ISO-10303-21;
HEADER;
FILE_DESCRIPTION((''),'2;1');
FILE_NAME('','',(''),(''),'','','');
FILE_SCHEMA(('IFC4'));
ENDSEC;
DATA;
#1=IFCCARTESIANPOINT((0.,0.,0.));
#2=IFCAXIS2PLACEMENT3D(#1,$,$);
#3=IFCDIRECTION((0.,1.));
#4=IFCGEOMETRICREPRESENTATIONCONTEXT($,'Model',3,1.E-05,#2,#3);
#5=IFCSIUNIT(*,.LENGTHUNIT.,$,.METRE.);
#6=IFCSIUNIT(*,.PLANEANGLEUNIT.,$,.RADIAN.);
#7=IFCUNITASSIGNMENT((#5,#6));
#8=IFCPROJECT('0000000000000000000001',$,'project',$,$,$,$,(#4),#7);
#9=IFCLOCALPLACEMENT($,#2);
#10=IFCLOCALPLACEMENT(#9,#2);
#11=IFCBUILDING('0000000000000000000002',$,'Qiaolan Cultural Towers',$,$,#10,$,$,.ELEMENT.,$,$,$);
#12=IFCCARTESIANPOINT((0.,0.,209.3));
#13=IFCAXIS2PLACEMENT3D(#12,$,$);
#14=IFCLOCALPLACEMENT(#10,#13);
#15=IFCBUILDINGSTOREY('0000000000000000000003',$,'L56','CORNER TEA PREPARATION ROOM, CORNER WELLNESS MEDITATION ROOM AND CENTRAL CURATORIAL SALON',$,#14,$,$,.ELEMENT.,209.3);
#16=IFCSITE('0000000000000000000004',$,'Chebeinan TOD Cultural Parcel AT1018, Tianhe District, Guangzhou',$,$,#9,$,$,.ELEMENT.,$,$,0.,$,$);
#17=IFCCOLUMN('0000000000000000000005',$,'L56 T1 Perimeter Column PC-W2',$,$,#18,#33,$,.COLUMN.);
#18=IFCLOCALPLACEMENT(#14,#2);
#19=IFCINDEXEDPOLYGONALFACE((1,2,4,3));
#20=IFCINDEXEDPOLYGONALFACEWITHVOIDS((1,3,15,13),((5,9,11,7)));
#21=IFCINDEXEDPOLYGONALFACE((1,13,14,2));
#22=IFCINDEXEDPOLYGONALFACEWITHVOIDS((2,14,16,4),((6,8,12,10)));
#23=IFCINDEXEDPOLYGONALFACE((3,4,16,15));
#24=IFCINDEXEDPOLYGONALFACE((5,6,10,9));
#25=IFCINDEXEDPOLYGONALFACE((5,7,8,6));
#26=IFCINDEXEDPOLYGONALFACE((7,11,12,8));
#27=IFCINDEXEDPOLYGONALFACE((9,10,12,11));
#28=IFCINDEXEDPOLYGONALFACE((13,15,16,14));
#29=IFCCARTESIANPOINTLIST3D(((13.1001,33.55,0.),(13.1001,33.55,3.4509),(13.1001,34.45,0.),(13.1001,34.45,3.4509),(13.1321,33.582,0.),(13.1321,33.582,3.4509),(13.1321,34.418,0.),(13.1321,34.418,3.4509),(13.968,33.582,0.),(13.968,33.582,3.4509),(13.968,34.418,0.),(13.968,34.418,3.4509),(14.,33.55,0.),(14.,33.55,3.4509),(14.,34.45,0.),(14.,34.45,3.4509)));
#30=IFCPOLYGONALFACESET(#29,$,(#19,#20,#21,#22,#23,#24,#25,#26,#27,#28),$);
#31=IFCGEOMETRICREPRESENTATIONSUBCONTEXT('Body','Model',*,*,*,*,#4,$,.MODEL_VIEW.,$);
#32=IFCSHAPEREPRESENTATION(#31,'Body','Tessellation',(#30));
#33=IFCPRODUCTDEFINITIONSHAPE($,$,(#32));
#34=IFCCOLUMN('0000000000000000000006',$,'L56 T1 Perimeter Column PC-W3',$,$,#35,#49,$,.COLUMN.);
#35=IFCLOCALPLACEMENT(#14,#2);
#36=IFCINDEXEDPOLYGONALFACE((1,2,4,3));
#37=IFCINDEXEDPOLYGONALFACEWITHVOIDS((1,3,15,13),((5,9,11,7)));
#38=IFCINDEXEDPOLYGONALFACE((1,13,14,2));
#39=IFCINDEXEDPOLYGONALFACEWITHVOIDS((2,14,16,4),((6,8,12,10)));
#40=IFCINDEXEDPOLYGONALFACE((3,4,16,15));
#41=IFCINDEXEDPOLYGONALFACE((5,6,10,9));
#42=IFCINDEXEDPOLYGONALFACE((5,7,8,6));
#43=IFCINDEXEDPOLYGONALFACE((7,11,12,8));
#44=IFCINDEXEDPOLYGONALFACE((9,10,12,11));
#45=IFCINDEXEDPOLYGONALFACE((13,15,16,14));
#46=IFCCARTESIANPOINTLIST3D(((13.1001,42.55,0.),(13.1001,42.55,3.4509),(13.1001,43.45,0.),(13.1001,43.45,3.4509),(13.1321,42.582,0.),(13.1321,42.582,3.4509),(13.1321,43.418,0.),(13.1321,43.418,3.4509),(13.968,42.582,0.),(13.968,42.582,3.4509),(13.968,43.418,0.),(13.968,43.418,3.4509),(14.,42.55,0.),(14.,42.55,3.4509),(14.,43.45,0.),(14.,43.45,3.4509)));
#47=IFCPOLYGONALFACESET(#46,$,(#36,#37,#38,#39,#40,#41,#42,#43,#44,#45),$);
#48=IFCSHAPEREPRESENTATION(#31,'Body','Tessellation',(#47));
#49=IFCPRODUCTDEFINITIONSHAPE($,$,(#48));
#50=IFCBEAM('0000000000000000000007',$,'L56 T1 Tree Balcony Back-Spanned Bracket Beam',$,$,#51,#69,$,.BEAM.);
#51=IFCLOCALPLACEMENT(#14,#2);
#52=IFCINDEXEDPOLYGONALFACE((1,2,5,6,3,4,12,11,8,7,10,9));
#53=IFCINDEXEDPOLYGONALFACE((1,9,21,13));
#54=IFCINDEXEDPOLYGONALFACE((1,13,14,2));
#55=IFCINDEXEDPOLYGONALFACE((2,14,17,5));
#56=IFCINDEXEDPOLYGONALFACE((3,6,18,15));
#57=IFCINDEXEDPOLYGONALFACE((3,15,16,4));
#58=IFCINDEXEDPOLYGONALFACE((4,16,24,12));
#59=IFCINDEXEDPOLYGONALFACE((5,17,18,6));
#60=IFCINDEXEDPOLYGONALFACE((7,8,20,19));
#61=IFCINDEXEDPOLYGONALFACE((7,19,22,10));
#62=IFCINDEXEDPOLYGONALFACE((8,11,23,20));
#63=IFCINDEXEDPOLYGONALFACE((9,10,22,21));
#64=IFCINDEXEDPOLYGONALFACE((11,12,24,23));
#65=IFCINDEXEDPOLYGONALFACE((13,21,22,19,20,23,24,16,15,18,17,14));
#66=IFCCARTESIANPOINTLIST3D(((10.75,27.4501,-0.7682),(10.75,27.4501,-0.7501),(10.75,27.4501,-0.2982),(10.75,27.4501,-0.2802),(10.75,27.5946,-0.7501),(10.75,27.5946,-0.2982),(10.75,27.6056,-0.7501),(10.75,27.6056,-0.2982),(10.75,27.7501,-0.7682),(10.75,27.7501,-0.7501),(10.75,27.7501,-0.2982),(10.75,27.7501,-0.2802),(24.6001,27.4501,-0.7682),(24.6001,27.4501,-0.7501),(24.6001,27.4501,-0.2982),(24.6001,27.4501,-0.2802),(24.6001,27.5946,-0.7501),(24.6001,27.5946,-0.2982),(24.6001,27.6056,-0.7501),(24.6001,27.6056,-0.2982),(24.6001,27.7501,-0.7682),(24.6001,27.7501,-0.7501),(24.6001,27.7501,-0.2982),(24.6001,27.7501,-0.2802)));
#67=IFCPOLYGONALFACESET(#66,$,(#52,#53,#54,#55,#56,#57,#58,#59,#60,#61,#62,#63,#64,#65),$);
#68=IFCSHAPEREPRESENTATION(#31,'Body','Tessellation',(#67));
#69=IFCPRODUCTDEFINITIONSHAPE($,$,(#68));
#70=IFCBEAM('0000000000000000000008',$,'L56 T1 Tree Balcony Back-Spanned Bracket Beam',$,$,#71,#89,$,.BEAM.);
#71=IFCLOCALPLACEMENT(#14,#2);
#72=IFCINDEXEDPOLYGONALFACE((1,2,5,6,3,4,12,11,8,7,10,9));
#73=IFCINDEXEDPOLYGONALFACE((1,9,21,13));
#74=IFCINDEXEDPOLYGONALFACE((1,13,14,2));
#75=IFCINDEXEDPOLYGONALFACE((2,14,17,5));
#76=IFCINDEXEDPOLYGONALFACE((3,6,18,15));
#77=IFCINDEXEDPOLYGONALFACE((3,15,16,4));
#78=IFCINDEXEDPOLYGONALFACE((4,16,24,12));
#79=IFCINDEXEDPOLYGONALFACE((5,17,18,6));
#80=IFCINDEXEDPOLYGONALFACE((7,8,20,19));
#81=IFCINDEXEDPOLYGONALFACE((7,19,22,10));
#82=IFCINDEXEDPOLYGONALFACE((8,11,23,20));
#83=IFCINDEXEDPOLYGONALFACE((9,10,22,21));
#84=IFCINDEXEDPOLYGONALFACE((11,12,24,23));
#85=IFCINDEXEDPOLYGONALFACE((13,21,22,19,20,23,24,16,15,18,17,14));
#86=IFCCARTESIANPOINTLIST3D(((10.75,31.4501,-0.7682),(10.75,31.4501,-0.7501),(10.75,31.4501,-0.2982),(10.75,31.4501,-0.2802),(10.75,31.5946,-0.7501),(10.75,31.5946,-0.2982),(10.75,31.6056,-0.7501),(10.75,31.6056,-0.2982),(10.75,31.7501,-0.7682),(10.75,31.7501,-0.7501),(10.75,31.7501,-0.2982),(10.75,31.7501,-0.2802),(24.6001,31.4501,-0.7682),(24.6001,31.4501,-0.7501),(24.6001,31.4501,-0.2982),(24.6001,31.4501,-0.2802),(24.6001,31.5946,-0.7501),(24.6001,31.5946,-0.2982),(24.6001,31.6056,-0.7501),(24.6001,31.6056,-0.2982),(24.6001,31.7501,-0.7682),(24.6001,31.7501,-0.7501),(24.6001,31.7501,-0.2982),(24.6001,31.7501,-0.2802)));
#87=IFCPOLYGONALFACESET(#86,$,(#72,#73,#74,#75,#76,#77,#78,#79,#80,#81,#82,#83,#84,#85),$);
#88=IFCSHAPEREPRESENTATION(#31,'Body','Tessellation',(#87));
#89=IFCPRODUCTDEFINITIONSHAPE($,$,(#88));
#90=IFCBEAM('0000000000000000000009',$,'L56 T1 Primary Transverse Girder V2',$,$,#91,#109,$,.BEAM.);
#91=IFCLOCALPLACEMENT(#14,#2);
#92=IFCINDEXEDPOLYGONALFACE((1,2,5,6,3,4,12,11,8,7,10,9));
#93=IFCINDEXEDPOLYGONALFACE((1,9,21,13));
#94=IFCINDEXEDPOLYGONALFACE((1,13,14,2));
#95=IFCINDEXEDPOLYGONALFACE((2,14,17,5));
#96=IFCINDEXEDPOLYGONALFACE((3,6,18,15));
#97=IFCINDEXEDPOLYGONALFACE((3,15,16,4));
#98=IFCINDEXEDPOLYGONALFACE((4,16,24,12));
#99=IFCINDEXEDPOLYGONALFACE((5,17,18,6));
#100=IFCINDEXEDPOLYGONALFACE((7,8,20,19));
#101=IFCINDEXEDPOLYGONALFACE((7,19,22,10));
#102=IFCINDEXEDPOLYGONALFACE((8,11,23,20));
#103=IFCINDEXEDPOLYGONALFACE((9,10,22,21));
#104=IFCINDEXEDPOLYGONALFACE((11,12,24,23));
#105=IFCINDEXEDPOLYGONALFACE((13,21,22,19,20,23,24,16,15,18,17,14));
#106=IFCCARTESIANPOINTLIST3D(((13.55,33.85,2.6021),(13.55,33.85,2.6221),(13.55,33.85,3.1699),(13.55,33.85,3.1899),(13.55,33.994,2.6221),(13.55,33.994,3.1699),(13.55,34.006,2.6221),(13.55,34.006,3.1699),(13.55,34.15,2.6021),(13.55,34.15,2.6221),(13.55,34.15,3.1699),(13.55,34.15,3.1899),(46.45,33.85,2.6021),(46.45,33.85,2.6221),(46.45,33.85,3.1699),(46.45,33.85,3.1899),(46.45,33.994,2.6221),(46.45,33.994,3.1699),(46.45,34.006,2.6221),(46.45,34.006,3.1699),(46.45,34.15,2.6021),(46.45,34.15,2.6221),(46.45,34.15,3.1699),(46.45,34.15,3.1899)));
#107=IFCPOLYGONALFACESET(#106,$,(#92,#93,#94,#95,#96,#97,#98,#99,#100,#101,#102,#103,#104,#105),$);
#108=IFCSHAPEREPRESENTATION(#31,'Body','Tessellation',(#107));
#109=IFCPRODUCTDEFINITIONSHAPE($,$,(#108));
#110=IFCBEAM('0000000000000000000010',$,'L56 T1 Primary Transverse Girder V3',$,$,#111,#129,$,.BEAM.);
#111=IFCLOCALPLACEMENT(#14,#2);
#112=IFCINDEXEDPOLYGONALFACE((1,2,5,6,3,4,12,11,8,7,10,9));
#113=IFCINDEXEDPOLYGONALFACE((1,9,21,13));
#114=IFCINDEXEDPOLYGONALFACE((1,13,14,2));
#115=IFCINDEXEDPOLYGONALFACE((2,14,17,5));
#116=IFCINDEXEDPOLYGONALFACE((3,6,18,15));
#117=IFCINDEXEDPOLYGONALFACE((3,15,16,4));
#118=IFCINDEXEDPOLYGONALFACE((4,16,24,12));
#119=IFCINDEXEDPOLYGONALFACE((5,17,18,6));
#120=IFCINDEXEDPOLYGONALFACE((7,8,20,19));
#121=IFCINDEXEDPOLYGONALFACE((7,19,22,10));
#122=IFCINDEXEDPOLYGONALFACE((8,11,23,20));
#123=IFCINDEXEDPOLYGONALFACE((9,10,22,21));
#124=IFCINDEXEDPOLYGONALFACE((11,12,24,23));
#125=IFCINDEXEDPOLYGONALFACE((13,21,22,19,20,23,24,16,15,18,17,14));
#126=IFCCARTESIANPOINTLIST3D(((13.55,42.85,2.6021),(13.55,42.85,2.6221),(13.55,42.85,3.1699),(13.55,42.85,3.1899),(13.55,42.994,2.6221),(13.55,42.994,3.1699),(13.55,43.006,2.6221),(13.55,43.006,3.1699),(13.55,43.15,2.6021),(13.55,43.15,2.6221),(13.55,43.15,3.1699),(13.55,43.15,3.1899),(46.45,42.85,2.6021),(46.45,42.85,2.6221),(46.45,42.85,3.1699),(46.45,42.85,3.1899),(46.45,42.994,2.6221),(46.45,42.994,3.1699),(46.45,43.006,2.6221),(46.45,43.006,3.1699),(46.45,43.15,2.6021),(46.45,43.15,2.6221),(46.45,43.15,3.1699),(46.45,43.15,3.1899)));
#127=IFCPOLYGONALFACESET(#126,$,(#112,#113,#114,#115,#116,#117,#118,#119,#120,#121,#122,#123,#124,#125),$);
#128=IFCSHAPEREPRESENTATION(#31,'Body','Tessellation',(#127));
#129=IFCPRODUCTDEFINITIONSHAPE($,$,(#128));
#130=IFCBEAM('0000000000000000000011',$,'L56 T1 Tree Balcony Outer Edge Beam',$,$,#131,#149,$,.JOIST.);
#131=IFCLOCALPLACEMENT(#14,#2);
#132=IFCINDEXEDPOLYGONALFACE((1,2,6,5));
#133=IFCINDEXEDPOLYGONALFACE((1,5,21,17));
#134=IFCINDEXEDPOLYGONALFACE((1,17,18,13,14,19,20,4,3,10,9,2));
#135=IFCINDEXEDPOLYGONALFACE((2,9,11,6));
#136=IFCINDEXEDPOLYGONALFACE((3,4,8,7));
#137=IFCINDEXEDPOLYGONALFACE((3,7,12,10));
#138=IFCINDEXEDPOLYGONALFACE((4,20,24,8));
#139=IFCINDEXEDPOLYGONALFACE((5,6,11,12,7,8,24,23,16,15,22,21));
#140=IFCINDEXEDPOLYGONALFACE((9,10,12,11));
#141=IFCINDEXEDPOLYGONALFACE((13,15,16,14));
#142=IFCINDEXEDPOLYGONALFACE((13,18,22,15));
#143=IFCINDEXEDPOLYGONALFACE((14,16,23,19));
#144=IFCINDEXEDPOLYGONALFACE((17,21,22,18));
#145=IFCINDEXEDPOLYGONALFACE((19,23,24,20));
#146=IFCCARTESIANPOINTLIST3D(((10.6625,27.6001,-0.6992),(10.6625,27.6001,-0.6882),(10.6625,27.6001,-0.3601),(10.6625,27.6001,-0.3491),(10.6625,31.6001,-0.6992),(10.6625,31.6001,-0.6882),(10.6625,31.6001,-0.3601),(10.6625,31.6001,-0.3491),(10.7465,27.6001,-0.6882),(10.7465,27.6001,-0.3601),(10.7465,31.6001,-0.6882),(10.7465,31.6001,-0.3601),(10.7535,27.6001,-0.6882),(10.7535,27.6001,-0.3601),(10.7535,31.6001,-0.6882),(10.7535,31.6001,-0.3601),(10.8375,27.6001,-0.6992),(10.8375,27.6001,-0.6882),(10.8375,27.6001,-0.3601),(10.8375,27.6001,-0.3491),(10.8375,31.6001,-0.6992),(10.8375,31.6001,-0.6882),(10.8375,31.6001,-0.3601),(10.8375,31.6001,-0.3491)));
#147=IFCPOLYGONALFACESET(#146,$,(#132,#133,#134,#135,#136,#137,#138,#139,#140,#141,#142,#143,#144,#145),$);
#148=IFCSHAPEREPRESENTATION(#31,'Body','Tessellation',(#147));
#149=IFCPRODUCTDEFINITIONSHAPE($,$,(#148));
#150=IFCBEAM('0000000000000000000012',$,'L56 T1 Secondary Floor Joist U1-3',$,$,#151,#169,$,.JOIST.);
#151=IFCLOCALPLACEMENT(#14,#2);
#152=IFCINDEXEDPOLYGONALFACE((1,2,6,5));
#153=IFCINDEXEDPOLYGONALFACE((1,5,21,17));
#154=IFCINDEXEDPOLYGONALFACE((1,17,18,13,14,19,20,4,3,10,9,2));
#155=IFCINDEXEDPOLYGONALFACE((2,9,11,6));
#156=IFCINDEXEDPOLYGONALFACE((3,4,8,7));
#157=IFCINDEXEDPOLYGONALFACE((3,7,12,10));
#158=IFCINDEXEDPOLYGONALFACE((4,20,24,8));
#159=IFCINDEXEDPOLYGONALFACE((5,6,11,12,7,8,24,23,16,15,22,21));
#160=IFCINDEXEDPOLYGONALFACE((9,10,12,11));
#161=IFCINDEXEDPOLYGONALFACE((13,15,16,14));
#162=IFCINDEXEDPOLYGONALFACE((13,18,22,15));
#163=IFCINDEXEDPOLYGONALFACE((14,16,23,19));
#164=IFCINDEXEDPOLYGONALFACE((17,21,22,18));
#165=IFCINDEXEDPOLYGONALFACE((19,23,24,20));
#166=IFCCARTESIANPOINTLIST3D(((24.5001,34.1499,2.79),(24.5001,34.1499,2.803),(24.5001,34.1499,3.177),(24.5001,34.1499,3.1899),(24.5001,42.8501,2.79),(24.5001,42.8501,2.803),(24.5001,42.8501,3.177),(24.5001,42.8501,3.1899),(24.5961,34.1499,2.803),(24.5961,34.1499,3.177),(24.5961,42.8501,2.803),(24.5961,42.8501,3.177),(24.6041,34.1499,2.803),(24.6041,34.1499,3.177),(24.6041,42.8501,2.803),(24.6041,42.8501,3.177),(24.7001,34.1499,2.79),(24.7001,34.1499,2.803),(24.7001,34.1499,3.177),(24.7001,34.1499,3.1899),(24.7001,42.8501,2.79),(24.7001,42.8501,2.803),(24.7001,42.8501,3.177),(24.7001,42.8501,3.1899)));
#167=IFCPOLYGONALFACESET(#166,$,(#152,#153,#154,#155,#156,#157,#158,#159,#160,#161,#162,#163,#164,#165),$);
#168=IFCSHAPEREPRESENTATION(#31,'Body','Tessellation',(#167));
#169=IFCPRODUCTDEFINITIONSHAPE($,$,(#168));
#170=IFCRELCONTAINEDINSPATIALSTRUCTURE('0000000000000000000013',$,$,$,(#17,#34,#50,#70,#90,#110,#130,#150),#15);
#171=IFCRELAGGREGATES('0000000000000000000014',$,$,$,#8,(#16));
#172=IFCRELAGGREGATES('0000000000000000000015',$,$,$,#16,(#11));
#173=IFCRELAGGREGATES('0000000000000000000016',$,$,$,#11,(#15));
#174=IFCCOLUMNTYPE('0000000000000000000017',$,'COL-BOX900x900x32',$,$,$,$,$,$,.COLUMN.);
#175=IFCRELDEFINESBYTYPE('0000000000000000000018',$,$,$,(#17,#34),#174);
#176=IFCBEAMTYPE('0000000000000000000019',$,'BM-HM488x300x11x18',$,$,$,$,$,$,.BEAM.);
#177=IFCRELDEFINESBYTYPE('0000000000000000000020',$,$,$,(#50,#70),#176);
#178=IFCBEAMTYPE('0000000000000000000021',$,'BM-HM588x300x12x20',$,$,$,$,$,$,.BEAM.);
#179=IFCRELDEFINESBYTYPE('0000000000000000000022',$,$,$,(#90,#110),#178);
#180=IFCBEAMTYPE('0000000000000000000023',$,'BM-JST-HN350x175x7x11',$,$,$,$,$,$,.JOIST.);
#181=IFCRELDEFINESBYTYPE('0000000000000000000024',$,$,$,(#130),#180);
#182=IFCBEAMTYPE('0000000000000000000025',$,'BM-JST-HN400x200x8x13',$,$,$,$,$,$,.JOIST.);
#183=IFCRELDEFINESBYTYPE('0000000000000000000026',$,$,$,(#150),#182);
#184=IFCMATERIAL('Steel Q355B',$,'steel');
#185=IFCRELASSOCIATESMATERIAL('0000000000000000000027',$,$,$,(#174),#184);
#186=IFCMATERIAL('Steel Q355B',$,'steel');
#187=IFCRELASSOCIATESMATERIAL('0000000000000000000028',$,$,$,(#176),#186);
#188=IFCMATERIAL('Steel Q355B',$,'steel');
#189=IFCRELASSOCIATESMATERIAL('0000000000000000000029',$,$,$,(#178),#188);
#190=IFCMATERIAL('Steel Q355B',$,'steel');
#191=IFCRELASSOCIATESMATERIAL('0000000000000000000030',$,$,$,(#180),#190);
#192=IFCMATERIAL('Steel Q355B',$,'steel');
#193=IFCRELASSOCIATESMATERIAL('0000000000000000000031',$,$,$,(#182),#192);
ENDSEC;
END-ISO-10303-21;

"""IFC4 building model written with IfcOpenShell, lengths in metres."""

from ifc_helpers import new_model, si_unit, direction, frame, origin, origin_2d, place, context, subcontext, project, spatial, hollow_rectangle, i_section, extrude, material, material_profile, profile_set, type_object, element, save


model = new_model("IFC4")

# Units and contexts
model_context = context("Model", 3, precision=1e-05, world=origin(), true_north=direction((0.0, 1.0)))
body_context = subcontext(model_context, "Body", "Model", "MODEL_VIEW")
ifc_project = project(units=[si_unit("LENGTHUNIT", "METRE"), si_unit("PLANEANGLEUNIT", "RADIAN")], contexts=[model_context])

# Site, building, storey
site_placement = place(None, origin())
site = spatial("IfcSite", under=ifc_project, at=site_placement, Name="Chebeinan TOD Cultural Parcel AT1018, Tianhe District, Guangzhou", CompositionType="ELEMENT", RefElevation=0.0)
building_placement = place(site_placement, origin())
building = spatial("IfcBuilding", under=site, at=building_placement, Name="Qiaolan Cultural Towers", CompositionType="ELEMENT")
storey_placement = place(building_placement, frame((0.0, 0.0, 209.3)))
storey = spatial("IfcBuildingStorey", under=building, at=storey_placement, Name="L56", Description="CORNER TEA PREPARATION ROOM, CORNER WELLNESS MEDITATION ROOM AND CENTRAL CURATORIAL SALON", CompositionType="ELEMENT", Elevation=209.3)

# Columns
ifc_material_1 = material(Name="Steel Q355B", Category="steel")
ifc_material_profile_1 = material_profile(ifc_material_1, hollow_rectangle(XDim=0.8999, YDim=0.8999, WallThickness=0.032, at=origin_2d()), Name="BOX900x900x32")
ifc_profile_set_1 = profile_set([ifc_material_profile_1], Name="Steel Q355B")
column_type = type_object("IfcColumnType", Name="COL-BOX900x900x32", PredefinedType="COLUMN", material=ifc_profile_set_1)
for number, where, z_axis, x_axis, name in (
    (1, (13.55, 34.0, 0.0), (0.0, 0.0, 1.0), (1.0, 0.0, 0.0), "L56 T1 Perimeter Column PC-W2"),
    (2, (13.55, 43.0, 0.0), (0.0, 0.0, 1.0), (1.0, 0.0, 0.0), "L56 T1 Perimeter Column PC-W3"),
):
    element("IfcColumn", number, at=place(storey_placement, frame(where, z_axis=z_axis, x_axis=x_axis)), inside=storey, type_object=column_type, Name=name, PredefinedType="COLUMN", context=body_context, shape_type="SweptSolid", body=[
        extrude(hollow_rectangle(XDim=0.8999, YDim=0.8999, WallThickness=0.032, at=origin_2d()), origin(), (0.0, 0.0, 1.0), 3.4509),
    ])

# Beams
ifc_material_2 = material(Name="Steel Q355B", Category="steel")
ifc_material_profile_2 = material_profile(ifc_material_2, i_section(OverallWidth=0.3, OverallDepth=0.488, WebThickness=0.011, FlangeThickness=0.0181, at=origin_2d()), Name="HM488x300x11x18")
ifc_profile_set_2 = profile_set([ifc_material_profile_2], Name="Steel Q355B")
beam_type_1 = type_object("IfcBeamType", Name="BM-HM488x300x11x18", PredefinedType="BEAM", material=ifc_profile_set_2)
for number, where, z_axis, x_axis, name in (
    (3, (24.6001, 27.6001, -0.5242), (-1.0, 0.0, 0.0), (0.0, -1.0, 0.0), "L56 T1 Tree Balcony Back-Spanned Bracket Beam"),
    (4, (24.6001, 31.6001, -0.5242), (-1.0, 0.0, 0.0), (0.0, -1.0, 0.0), "L56 T1 Tree Balcony Back-Spanned Bracket Beam"),
):
    element("IfcBeam", number, at=place(storey_placement, frame(where, z_axis=z_axis, x_axis=x_axis)), inside=storey, type_object=beam_type_1, Name=name, PredefinedType="BEAM", context=body_context, shape_type="SweptSolid", body=[
        extrude(i_section(OverallWidth=0.3, OverallDepth=0.488, WebThickness=0.011, FlangeThickness=0.0181, at=origin_2d()), origin(), (0.0, 0.0, 1.0), 13.8501),
    ])
ifc_material_3 = material(Name="Steel Q355B", Category="steel")
ifc_material_profile_3 = material_profile(ifc_material_3, i_section(OverallWidth=0.3, OverallDepth=0.5879, WebThickness=0.012, FlangeThickness=0.02, at=origin_2d()), Name="HM588x300x12x20")
ifc_profile_set_3 = profile_set([ifc_material_profile_3], Name="Steel Q355B")
beam_type_2 = type_object("IfcBeamType", Name="BM-HM588x300x12x20", PredefinedType="BEAM", material=ifc_profile_set_3)
for number, where, z_axis, x_axis, name in (
    (5, (13.55, 34.0, 2.896), (1.0, 0.0, 0.0), (0.0, 1.0, 0.0), "L56 T1 Primary Transverse Girder V2"),
    (6, (13.55, 43.0, 2.896), (1.0, 0.0, 0.0), (0.0, 1.0, 0.0), "L56 T1 Primary Transverse Girder V3"),
):
    element("IfcBeam", number, at=place(storey_placement, frame(where, z_axis=z_axis, x_axis=x_axis)), inside=storey, type_object=beam_type_2, Name=name, PredefinedType="BEAM", context=body_context, shape_type="SweptSolid", body=[
        extrude(i_section(OverallWidth=0.3, OverallDepth=0.5879, WebThickness=0.012, FlangeThickness=0.02, at=origin_2d()), origin(), (0.0, 0.0, 1.0), 32.8999),
    ])
ifc_material_4 = material(Name="Steel Q355B", Category="steel")
ifc_material_profile_4 = material_profile(ifc_material_4, i_section(OverallWidth=0.175, OverallDepth=0.3501, WebThickness=0.0071, FlangeThickness=0.011, at=origin_2d()), Name="HN350x175x7x11")
ifc_profile_set_4 = profile_set([ifc_material_profile_4], Name="Steel Q355B")
beam_type_3 = type_object("IfcBeamType", Name="BM-JST-HN350x175x7x11", PredefinedType="JOIST", material=ifc_profile_set_4)
beam_1_placement = place(storey_placement, frame((10.75, 27.6001, -0.5242), z_axis=(0.0, 1.0, 0.0), x_axis=(-1.0, 0.0, 0.0)))
element("IfcBeam", 7, at=beam_1_placement, inside=storey, type_object=beam_type_3, Name="L56 T1 Tree Balcony Outer Edge Beam", PredefinedType="JOIST", context=body_context, shape_type="SweptSolid", body=[
    extrude(i_section(OverallWidth=0.175, OverallDepth=0.3501, WebThickness=0.0071, FlangeThickness=0.011, at=origin_2d()), origin(), (0.0, 0.0, 1.0), 4.0),
])
ifc_material_5 = material(Name="Steel Q355B", Category="steel")
ifc_material_profile_5 = material_profile(ifc_material_5, i_section(OverallWidth=0.2, OverallDepth=0.3999, WebThickness=0.0081, FlangeThickness=0.0129, at=origin_2d()), Name="HN400x200x8x13")
ifc_profile_set_5 = profile_set([ifc_material_profile_5], Name="Steel Q355B")
beam_type_4 = type_object("IfcBeamType", Name="BM-JST-HN400x200x8x13", PredefinedType="JOIST", material=ifc_profile_set_5)
beam_2_placement = place(storey_placement, frame((24.6001, 34.1499, 2.99), z_axis=(0.0, 1.0, 0.0), x_axis=(-1.0, 0.0, 0.0)))
element("IfcBeam", 8, at=beam_2_placement, inside=storey, type_object=beam_type_4, Name="L56 T1 Secondary Floor Joist U1-3", PredefinedType="JOIST", context=body_context, shape_type="SweptSolid", body=[
    extrude(i_section(OverallWidth=0.2, OverallDepth=0.3999, WebThickness=0.0081, FlangeThickness=0.0129, at=origin_2d()), origin(), (0.0, 0.0, 1.0), 8.7002),
])

save(model, "model.ifc")
